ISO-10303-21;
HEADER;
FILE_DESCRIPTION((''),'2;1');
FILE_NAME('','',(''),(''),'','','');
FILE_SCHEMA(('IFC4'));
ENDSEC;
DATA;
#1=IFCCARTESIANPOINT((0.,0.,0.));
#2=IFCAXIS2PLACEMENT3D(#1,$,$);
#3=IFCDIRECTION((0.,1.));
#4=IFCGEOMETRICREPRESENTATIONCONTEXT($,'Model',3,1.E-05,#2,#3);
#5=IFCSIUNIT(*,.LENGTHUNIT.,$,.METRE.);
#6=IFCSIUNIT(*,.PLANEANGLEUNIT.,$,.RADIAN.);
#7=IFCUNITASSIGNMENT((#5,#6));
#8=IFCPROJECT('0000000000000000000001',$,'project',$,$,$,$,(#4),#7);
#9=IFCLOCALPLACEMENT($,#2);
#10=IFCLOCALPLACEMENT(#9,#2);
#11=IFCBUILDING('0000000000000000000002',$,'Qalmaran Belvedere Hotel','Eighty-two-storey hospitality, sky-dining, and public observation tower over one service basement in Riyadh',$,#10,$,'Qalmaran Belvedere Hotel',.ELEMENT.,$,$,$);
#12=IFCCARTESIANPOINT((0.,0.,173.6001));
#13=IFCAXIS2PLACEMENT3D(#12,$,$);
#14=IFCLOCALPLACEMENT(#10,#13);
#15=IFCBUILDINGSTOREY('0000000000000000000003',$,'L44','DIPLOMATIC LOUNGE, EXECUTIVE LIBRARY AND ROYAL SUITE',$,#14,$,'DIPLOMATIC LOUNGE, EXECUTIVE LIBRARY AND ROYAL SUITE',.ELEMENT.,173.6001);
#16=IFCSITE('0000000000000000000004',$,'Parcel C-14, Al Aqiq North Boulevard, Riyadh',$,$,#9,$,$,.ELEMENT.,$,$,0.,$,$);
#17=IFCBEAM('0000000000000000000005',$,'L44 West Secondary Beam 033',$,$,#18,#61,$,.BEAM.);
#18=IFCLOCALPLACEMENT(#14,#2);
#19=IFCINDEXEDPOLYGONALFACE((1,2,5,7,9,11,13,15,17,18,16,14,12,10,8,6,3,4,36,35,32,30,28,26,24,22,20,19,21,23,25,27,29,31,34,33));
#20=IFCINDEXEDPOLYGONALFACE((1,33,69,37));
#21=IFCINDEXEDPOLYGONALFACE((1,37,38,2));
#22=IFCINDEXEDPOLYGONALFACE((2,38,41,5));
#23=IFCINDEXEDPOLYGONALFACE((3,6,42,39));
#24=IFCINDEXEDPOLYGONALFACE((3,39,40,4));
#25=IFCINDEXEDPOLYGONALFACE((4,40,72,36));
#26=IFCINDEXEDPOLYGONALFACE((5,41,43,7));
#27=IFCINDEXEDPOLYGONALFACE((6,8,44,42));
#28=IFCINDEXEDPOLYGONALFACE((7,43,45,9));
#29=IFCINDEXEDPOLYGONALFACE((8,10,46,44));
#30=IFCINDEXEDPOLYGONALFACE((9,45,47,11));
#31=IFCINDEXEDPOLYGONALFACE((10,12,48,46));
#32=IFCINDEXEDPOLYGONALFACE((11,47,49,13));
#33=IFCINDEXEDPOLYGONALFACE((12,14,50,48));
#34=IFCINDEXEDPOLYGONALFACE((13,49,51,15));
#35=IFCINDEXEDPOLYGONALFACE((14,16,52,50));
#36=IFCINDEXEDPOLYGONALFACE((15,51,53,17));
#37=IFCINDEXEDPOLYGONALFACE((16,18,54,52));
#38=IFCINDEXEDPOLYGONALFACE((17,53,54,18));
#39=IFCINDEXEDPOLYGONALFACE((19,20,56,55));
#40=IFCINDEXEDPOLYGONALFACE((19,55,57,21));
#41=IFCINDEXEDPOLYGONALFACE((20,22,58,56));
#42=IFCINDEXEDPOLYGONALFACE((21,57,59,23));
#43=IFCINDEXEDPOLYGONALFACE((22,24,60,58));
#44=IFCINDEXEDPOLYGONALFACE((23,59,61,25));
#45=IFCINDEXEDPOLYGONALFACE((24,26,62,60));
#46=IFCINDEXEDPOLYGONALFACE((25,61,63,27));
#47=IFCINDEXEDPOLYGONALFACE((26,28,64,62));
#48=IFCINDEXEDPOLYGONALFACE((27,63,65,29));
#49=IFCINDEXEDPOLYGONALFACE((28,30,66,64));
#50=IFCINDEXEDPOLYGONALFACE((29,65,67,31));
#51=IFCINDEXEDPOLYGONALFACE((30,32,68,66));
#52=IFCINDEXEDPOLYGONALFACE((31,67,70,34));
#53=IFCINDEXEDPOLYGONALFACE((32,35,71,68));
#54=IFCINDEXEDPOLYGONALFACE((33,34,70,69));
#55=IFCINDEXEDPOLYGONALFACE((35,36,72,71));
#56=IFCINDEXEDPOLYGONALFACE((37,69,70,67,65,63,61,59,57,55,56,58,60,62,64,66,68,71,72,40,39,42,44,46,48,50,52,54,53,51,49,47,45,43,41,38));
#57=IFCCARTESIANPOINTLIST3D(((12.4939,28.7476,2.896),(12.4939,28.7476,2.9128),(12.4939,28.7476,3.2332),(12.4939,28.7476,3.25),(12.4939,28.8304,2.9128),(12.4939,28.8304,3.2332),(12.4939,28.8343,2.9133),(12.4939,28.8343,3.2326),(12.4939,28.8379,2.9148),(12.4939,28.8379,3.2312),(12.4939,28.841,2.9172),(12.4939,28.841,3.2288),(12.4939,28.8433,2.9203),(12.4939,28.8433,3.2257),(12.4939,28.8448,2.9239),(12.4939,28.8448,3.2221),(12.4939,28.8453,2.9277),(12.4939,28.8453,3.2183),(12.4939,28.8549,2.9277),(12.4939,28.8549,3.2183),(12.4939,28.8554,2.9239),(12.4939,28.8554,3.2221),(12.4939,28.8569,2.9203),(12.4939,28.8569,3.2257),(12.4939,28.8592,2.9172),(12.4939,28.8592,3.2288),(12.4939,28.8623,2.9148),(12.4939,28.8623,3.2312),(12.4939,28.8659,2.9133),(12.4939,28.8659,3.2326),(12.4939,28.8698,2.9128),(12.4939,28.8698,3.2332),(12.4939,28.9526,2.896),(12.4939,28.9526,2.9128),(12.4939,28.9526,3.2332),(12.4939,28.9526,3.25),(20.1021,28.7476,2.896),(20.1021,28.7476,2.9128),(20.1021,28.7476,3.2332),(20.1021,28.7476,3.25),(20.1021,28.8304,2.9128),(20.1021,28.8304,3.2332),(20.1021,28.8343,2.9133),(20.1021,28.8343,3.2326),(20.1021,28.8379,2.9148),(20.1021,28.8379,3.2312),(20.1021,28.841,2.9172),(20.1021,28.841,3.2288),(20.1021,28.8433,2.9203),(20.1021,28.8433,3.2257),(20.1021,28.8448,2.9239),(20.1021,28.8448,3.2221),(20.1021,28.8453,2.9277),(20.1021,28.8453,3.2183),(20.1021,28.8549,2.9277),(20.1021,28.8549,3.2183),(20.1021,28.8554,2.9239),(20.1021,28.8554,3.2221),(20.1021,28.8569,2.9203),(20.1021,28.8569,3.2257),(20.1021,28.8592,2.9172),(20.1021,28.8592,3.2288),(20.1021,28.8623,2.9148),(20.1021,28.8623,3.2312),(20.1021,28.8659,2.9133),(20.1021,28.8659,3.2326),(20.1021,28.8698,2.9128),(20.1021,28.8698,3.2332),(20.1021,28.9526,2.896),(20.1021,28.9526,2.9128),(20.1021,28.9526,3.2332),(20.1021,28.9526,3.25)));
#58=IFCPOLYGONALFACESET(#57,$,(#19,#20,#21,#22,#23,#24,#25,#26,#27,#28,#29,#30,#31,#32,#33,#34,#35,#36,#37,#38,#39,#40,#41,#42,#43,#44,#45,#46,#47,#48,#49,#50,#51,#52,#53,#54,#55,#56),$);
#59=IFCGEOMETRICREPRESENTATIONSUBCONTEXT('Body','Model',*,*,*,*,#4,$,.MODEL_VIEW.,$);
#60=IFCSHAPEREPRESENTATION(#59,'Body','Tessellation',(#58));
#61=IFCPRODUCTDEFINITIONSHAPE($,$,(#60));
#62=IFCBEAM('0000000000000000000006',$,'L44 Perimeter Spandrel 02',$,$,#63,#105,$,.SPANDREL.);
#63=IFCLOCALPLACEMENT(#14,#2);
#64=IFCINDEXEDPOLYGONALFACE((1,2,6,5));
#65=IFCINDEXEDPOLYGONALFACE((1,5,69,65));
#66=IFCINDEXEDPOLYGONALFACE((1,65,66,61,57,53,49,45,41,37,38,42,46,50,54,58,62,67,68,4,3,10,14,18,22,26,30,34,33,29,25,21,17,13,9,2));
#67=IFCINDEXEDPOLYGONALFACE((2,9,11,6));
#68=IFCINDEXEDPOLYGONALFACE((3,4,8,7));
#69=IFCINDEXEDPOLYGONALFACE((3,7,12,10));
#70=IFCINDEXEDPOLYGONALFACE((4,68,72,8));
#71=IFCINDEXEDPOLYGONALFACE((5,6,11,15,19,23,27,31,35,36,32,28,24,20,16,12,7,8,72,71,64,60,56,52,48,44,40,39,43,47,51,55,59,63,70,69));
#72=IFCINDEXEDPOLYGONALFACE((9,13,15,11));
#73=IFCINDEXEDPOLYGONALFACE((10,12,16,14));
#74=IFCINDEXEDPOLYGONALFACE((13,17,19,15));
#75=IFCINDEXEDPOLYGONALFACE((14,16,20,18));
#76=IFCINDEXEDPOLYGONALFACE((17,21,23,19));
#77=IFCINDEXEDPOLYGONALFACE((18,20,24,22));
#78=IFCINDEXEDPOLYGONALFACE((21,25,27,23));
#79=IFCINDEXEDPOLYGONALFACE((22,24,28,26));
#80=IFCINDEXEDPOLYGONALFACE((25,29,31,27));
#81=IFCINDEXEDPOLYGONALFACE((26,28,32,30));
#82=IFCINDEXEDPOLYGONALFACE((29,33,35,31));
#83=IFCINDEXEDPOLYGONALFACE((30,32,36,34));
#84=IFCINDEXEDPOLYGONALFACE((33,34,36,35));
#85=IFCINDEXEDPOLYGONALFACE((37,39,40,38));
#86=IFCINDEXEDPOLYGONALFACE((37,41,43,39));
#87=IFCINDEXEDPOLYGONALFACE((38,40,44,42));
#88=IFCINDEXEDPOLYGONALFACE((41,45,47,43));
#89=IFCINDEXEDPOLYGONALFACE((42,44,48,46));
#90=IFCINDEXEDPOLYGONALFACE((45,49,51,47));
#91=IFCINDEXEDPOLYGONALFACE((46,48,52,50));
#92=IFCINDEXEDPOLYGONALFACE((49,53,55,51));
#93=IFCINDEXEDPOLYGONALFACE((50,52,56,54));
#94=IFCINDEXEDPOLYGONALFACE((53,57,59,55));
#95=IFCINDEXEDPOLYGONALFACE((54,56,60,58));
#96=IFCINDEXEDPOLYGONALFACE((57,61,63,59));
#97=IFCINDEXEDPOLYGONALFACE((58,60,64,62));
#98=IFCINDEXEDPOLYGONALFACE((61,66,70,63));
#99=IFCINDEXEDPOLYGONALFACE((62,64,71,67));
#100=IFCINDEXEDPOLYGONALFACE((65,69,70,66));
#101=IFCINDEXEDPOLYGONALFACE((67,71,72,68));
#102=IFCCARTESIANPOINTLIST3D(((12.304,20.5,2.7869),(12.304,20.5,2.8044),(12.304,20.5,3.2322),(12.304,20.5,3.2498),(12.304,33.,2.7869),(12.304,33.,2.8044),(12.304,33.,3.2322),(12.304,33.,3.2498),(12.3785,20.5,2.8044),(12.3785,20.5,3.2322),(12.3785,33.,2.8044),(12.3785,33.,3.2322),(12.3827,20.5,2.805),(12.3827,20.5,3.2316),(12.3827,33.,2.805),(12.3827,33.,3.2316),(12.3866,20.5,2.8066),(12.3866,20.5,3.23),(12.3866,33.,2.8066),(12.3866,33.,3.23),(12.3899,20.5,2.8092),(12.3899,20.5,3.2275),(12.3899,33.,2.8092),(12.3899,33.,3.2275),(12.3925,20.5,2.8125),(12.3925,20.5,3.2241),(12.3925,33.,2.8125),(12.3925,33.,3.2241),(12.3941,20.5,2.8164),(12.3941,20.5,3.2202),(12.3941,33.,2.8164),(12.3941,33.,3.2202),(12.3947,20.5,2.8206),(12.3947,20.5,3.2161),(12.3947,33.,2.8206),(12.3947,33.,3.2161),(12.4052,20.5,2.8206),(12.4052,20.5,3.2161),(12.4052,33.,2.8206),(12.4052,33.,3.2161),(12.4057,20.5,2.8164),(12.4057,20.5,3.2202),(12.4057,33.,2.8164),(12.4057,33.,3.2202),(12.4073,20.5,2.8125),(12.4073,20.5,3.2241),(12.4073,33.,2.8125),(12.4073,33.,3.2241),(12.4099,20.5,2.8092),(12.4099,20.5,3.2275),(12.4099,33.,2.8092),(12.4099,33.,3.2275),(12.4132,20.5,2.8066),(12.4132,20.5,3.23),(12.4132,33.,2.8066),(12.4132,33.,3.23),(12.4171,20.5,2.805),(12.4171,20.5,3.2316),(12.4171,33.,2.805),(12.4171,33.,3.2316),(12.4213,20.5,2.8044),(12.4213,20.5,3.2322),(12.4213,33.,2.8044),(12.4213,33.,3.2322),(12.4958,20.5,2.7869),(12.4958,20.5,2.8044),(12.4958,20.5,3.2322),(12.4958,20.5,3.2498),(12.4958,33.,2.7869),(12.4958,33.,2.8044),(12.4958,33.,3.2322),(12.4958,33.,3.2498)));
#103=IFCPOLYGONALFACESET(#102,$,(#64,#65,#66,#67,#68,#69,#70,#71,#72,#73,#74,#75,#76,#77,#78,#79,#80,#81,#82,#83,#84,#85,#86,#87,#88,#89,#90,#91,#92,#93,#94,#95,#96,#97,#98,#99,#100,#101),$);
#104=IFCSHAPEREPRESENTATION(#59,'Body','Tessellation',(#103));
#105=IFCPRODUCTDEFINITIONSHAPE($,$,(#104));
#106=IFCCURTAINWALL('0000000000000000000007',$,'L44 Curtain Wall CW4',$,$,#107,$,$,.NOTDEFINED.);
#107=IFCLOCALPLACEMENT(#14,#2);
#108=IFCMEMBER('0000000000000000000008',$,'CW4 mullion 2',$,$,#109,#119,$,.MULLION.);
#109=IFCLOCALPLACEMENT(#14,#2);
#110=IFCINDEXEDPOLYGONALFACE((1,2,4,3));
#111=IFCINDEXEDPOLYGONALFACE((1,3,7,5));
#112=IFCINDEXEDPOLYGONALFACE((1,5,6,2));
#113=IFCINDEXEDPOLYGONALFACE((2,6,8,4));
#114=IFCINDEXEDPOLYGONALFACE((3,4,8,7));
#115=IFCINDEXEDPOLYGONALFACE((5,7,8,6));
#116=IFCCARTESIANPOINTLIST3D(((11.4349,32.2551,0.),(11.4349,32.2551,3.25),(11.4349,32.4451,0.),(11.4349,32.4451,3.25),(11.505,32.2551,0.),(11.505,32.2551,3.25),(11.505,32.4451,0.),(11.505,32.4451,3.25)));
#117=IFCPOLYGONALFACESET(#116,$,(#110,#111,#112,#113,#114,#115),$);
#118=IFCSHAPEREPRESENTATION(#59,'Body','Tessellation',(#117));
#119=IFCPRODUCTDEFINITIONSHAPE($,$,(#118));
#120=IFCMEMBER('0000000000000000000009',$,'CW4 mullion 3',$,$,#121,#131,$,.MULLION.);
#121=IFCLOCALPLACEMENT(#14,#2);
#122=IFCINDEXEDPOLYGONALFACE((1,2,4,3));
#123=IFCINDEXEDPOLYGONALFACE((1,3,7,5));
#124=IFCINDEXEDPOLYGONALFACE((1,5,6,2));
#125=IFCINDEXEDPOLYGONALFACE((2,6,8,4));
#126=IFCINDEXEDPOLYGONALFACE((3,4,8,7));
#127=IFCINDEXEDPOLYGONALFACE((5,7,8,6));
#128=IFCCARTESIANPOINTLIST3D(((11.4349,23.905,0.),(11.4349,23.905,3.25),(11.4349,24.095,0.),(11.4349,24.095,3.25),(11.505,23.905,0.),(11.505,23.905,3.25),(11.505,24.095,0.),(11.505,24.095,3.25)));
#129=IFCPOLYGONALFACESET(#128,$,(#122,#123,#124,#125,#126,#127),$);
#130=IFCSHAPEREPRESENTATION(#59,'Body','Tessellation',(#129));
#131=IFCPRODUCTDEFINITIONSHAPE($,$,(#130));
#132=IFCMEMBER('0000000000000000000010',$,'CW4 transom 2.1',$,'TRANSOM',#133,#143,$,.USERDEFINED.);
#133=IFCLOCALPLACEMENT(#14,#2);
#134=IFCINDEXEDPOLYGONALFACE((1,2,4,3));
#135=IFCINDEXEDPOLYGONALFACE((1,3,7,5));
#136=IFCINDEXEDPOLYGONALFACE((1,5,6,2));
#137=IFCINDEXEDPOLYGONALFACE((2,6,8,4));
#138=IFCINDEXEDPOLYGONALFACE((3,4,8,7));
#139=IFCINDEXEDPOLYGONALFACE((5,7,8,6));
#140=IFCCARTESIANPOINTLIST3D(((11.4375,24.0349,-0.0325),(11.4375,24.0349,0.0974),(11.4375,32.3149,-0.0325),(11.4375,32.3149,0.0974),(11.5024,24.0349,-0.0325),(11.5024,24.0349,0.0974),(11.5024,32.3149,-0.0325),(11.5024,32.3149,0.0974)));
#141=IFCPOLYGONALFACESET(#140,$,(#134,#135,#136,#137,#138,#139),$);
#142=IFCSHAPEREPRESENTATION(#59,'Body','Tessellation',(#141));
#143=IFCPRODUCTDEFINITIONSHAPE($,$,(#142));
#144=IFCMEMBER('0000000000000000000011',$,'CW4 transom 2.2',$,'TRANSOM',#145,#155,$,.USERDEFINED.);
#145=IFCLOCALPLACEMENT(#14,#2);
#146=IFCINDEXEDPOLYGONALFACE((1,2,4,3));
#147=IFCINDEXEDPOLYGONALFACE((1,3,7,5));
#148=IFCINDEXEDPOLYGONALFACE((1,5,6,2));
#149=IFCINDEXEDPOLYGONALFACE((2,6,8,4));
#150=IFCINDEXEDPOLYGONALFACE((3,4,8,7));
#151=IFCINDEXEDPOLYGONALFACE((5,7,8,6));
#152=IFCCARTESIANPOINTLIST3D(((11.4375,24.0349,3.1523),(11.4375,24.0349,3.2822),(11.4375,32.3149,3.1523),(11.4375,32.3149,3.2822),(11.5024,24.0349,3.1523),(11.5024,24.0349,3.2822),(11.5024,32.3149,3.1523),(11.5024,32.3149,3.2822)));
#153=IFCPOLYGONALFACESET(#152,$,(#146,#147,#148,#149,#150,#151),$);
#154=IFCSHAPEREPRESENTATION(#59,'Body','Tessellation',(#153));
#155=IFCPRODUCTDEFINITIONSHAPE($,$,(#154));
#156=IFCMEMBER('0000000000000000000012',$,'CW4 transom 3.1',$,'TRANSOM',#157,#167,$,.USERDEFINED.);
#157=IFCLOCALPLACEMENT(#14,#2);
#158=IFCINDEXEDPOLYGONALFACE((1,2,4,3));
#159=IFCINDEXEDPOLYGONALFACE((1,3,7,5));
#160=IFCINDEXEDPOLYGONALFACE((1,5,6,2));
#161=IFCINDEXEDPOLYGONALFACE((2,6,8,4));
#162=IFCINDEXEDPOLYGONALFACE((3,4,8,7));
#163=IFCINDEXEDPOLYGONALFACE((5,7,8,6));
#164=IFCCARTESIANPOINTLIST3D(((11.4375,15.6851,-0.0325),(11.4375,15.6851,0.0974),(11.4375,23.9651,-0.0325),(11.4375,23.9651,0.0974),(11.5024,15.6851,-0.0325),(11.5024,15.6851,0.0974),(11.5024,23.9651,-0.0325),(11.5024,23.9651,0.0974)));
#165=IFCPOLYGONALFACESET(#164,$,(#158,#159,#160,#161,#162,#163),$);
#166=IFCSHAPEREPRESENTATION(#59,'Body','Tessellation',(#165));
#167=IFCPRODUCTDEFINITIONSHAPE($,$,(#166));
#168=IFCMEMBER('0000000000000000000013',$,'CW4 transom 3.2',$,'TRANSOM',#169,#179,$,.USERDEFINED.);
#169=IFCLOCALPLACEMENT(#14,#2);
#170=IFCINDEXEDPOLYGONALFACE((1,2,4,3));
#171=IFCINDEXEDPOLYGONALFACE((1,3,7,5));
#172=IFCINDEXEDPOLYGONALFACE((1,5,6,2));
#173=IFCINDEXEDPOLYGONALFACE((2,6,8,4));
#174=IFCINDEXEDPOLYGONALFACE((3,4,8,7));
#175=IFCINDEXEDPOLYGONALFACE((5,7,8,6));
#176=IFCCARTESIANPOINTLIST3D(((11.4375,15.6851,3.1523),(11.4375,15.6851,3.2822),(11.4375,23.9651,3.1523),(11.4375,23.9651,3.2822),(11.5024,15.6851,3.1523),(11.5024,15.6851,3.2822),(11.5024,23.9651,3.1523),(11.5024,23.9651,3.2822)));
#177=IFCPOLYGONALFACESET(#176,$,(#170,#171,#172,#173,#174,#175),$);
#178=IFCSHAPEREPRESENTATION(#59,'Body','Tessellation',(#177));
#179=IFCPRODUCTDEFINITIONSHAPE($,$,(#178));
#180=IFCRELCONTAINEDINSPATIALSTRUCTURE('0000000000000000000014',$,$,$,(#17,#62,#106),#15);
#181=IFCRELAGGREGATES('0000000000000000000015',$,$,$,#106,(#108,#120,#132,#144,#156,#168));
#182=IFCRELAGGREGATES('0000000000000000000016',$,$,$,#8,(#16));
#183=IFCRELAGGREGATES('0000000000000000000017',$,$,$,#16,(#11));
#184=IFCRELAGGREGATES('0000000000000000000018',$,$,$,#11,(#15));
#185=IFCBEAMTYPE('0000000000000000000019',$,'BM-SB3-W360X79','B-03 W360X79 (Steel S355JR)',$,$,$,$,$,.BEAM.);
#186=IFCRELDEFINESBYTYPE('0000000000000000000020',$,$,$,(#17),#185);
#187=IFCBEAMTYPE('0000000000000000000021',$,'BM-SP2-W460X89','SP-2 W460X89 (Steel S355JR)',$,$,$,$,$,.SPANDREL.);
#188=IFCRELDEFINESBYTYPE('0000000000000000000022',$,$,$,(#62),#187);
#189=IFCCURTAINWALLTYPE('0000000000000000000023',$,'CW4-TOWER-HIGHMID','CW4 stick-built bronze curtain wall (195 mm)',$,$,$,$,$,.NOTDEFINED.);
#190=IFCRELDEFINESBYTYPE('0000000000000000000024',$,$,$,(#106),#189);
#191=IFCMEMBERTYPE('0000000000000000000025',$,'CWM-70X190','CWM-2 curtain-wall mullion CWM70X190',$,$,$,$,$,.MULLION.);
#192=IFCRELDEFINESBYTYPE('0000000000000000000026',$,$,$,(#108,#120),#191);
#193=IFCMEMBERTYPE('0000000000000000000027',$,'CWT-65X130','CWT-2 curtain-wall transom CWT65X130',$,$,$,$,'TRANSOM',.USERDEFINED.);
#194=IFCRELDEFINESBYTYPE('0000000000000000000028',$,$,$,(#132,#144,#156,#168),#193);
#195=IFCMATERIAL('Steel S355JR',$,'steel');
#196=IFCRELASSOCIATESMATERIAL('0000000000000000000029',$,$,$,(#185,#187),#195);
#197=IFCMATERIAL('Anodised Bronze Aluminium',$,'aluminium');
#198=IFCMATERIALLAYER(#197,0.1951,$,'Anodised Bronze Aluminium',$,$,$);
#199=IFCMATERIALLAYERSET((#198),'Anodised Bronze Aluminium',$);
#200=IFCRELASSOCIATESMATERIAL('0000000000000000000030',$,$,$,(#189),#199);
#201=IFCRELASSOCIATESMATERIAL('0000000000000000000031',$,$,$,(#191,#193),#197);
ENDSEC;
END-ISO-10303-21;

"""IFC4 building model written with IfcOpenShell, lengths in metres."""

from ifc_helpers import new_model, si_unit, direction, frame, origin, origin_2d, place, context, subcontext, project, spatial, rectangle, i_section, extrude, material, layer, layer_set, material_profile, profile_set, type_object, element, aggregate, save


model = new_model("IFC4")

# Units and contexts
model_context = context("Model", 3, precision=1e-05, world=origin(), true_north=direction((0.0, 1.0)))
body_context = subcontext(model_context, "Body", "Model", "MODEL_VIEW")
ifc_project = project(units=[si_unit("LENGTHUNIT", "METRE"), si_unit("PLANEANGLEUNIT", "RADIAN")], contexts=[model_context])

# Site, building, storey
site_placement = place(None, origin())
site = spatial("IfcSite", under=ifc_project, at=site_placement, Name="Parcel C-14, Al Aqiq North Boulevard, Riyadh", CompositionType="ELEMENT", RefElevation=0.0)
building_placement = place(site_placement, origin())
building = spatial("IfcBuilding", under=site, at=building_placement, Name="Qalmaran Belvedere Hotel", Description="Eighty-two-storey hospitality, sky-dining, and public observation tower over one service basement in Riyadh", LongName="Qalmaran Belvedere Hotel", CompositionType="ELEMENT")
storey_placement = place(building_placement, frame((0.0, 0.0, 173.6001)))
storey = spatial("IfcBuildingStorey", under=building, at=storey_placement, Name="L44", Description="DIPLOMATIC LOUNGE, EXECUTIVE LIBRARY AND ROYAL SUITE", LongName="DIPLOMATIC LOUNGE, EXECUTIVE LIBRARY AND ROYAL SUITE", CompositionType="ELEMENT", Elevation=173.6001)

# Beams
ifc_material_1 = material(Name="Steel S355JR", Category="steel")
ifc_material_profile_1 = material_profile(ifc_material_1, i_section(OverallWidth=0.2051, OverallDepth=0.354, WebThickness=0.0095, FlangeThickness=0.0168, FilletRadius=0.0149, at=origin_2d()), Name="W360X79")
ifc_profile_set_1 = profile_set([ifc_material_profile_1], Name="Steel S355JR")
beam_type_1 = type_object("IfcBeamType", Name="BM-SB3-W360X79", Description="B-03 W360X79 (Steel S355JR)", PredefinedType="BEAM", material=ifc_profile_set_1)
for number, where, z_axis, x_axis, name in (
    (1, (12.4939, 28.8501, 3.073), (1.0, 0.0, 0.0), (0.0, 1.0, 0.0), "L44 West Secondary Beam 033"),
):
    element("IfcBeam", number, at=place(storey_placement, frame(where, z_axis=z_axis, x_axis=x_axis)), inside=storey, type_object=beam_type_1, Name=name, PredefinedType="BEAM", context=body_context, shape_type="SweptSolid", body=[
        extrude(i_section(OverallWidth=0.2051, OverallDepth=0.354, WebThickness=0.0095, FlangeThickness=0.0168, FilletRadius=0.0149, at=origin_2d()), origin(), (0.0, 0.0, 1.0), 7.6082),
    ])
ifc_material_profile_2 = material_profile(ifc_material_1, i_section(OverallWidth=0.1919, OverallDepth=0.4629, WebThickness=0.0105, FlangeThickness=0.0176, FilletRadius=0.0161, at=origin_2d()), Name="W460X89")
ifc_profile_set_2 = profile_set([ifc_material_profile_2], Name="Steel S355JR")
beam_type_2 = type_object("IfcBeamType", Name="BM-SP2-W460X89", Description="SP-2 W460X89 (Steel S355JR)", PredefinedType="SPANDREL", material=ifc_profile_set_2)
beam_placement = place(storey_placement, frame((12.3999, 20.5, 3.0183), z_axis=(0.0, 1.0, 0.0), x_axis=(-1.0, 0.0, 0.0)))
element("IfcBeam", 2, at=beam_placement, inside=storey, type_object=beam_type_2, Name="L44 Perimeter Spandrel 02", PredefinedType="SPANDREL", context=body_context, shape_type="SweptSolid", body=[
    extrude(i_section(OverallWidth=0.1919, OverallDepth=0.4629, WebThickness=0.0105, FlangeThickness=0.0176, FilletRadius=0.0161, at=origin_2d()), origin(), (0.0, 0.0, 1.0), 12.5),
])

# Curtain wall, members
ifc_material_2 = material(Name="Anodised Bronze Aluminium", Category="aluminium")
ifc_layer_1 = layer(ifc_material_2, 0.1951, Name="Anodised Bronze Aluminium")
ifc_layer_set_1 = layer_set([ifc_layer_1], Name="Anodised Bronze Aluminium")
curtain_wall_type = type_object("IfcCurtainWallType", Name="CW4-TOWER-HIGHMID", Description="CW4 stick-built bronze curtain wall (195 mm)", PredefinedType="NOTDEFINED", material=ifc_layer_set_1)
curtain_wall_placement = place(storey_placement, origin())
curtain_wall = element("IfcCurtainWall", 3, at=curtain_wall_placement, inside=storey, type_object=curtain_wall_type, Name="L44 Curtain Wall CW4", PredefinedType="NOTDEFINED")
ifc_material_profile_3 = material_profile(ifc_material_2, rectangle(XDim=0.0701, YDim=0.1899, at=origin_2d()), Name="CWM70X190")
ifc_profile_set_3 = profile_set([ifc_material_profile_3], Name="Anodised Bronze Aluminium")
member_type_1 = type_object("IfcMemberType", Name="CWM-70X190", Description="CWM-2 curtain-wall mullion CWM70X190", PredefinedType="MULLION", material=ifc_profile_set_3)
member_1_placement = place(storey_placement, frame((11.47, 32.3501, 0.0), z_axis=(0.0, 0.0, 1.0), x_axis=(1.0, 0.0, 0.0)))
member_1 = element("IfcMember", 4, at=member_1_placement, type_object=member_type_1, Name="CW4 mullion 2", PredefinedType="MULLION", context=body_context, shape_type="SweptSolid", body=[
    extrude(rectangle(XDim=0.0701, YDim=0.1899, at=origin_2d()), origin(), (0.0, 0.0, 1.0), 3.25),
])
member_2_placement = place(storey_placement, frame((11.47, 24.0, 0.0), z_axis=(0.0, 0.0, 1.0), x_axis=(1.0, 0.0, 0.0)))
member_2 = element("IfcMember", 5, at=member_2_placement, type_object=member_type_1, Name="CW4 mullion 3", PredefinedType="MULLION", context=body_context, shape_type="SweptSolid", body=[
    extrude(rectangle(XDim=0.0701, YDim=0.1899, at=origin_2d()), origin(), (0.0, 0.0, 1.0), 3.25),
])
ifc_material_profile_4 = material_profile(ifc_material_2, rectangle(XDim=0.0649, YDim=0.1299, at=origin_2d()), Name="CWT65X130")
ifc_profile_set_4 = profile_set([ifc_material_profile_4], Name="Anodised Bronze Aluminium")
member_type_2 = type_object("IfcMemberType", Name="CWT-65X130", Description="CWT-2 curtain-wall transom CWT65X130", ElementType="TRANSOM", PredefinedType="USERDEFINED", material=ifc_profile_set_4)
member_3_placement = place(storey_placement, frame((11.47, 32.3149, 0.0325), z_axis=(0.0, -1.0, 0.0), x_axis=(1.0, 0.0, 0.0)))
member_3 = element("IfcMember", 6, at=member_3_placement, type_object=member_type_2, Name="CW4 transom 2.1", ObjectType="TRANSOM", PredefinedType="USERDEFINED", context=body_context, shape_type="SweptSolid", body=[
    extrude(rectangle(XDim=0.0649, YDim=0.1299, at=origin_2d()), origin(), (0.0, 0.0, 1.0), 8.28),
])
member_4_placement = place(storey_placement, frame((11.47, 32.3149, 3.2173), z_axis=(0.0, -1.0, 0.0), x_axis=(1.0, 0.0, 0.0)))
member_4 = element("IfcMember", 7, at=member_4_placement, type_object=member_type_2, Name="CW4 transom 2.2", ObjectType="TRANSOM", PredefinedType="USERDEFINED", context=body_context, shape_type="SweptSolid", body=[
    extrude(rectangle(XDim=0.0649, YDim=0.1299, at=origin_2d()), origin(), (0.0, 0.0, 1.0), 8.28),
])
member_5_placement = place(storey_placement, frame((11.47, 23.9651, 0.0325), z_axis=(0.0, -1.0, 0.0), x_axis=(1.0, 0.0, 0.0)))
member_5 = element("IfcMember", 8, at=member_5_placement, type_object=member_type_2, Name="CW4 transom 3.1", ObjectType="TRANSOM", PredefinedType="USERDEFINED", context=body_context, shape_type="SweptSolid", body=[
    extrude(rectangle(XDim=0.0649, YDim=0.1299, at=origin_2d()), origin(), (0.0, 0.0, 1.0), 8.28),
])
member_6_placement = place(storey_placement, frame((11.47, 23.9651, 3.2173), z_axis=(0.0, -1.0, 0.0), x_axis=(1.0, 0.0, 0.0)))
member_6 = element("IfcMember", 9, at=member_6_placement, type_object=member_type_2, Name="CW4 transom 3.2", ObjectType="TRANSOM", PredefinedType="USERDEFINED", context=body_context, shape_type="SweptSolid", body=[
    extrude(rectangle(XDim=0.0649, YDim=0.1299, at=origin_2d()), origin(), (0.0, 0.0, 1.0), 8.28),
])
aggregate(curtain_wall, [member_1, member_2, member_3, member_4, member_5, member_6])

save(model, "model.ifc")
